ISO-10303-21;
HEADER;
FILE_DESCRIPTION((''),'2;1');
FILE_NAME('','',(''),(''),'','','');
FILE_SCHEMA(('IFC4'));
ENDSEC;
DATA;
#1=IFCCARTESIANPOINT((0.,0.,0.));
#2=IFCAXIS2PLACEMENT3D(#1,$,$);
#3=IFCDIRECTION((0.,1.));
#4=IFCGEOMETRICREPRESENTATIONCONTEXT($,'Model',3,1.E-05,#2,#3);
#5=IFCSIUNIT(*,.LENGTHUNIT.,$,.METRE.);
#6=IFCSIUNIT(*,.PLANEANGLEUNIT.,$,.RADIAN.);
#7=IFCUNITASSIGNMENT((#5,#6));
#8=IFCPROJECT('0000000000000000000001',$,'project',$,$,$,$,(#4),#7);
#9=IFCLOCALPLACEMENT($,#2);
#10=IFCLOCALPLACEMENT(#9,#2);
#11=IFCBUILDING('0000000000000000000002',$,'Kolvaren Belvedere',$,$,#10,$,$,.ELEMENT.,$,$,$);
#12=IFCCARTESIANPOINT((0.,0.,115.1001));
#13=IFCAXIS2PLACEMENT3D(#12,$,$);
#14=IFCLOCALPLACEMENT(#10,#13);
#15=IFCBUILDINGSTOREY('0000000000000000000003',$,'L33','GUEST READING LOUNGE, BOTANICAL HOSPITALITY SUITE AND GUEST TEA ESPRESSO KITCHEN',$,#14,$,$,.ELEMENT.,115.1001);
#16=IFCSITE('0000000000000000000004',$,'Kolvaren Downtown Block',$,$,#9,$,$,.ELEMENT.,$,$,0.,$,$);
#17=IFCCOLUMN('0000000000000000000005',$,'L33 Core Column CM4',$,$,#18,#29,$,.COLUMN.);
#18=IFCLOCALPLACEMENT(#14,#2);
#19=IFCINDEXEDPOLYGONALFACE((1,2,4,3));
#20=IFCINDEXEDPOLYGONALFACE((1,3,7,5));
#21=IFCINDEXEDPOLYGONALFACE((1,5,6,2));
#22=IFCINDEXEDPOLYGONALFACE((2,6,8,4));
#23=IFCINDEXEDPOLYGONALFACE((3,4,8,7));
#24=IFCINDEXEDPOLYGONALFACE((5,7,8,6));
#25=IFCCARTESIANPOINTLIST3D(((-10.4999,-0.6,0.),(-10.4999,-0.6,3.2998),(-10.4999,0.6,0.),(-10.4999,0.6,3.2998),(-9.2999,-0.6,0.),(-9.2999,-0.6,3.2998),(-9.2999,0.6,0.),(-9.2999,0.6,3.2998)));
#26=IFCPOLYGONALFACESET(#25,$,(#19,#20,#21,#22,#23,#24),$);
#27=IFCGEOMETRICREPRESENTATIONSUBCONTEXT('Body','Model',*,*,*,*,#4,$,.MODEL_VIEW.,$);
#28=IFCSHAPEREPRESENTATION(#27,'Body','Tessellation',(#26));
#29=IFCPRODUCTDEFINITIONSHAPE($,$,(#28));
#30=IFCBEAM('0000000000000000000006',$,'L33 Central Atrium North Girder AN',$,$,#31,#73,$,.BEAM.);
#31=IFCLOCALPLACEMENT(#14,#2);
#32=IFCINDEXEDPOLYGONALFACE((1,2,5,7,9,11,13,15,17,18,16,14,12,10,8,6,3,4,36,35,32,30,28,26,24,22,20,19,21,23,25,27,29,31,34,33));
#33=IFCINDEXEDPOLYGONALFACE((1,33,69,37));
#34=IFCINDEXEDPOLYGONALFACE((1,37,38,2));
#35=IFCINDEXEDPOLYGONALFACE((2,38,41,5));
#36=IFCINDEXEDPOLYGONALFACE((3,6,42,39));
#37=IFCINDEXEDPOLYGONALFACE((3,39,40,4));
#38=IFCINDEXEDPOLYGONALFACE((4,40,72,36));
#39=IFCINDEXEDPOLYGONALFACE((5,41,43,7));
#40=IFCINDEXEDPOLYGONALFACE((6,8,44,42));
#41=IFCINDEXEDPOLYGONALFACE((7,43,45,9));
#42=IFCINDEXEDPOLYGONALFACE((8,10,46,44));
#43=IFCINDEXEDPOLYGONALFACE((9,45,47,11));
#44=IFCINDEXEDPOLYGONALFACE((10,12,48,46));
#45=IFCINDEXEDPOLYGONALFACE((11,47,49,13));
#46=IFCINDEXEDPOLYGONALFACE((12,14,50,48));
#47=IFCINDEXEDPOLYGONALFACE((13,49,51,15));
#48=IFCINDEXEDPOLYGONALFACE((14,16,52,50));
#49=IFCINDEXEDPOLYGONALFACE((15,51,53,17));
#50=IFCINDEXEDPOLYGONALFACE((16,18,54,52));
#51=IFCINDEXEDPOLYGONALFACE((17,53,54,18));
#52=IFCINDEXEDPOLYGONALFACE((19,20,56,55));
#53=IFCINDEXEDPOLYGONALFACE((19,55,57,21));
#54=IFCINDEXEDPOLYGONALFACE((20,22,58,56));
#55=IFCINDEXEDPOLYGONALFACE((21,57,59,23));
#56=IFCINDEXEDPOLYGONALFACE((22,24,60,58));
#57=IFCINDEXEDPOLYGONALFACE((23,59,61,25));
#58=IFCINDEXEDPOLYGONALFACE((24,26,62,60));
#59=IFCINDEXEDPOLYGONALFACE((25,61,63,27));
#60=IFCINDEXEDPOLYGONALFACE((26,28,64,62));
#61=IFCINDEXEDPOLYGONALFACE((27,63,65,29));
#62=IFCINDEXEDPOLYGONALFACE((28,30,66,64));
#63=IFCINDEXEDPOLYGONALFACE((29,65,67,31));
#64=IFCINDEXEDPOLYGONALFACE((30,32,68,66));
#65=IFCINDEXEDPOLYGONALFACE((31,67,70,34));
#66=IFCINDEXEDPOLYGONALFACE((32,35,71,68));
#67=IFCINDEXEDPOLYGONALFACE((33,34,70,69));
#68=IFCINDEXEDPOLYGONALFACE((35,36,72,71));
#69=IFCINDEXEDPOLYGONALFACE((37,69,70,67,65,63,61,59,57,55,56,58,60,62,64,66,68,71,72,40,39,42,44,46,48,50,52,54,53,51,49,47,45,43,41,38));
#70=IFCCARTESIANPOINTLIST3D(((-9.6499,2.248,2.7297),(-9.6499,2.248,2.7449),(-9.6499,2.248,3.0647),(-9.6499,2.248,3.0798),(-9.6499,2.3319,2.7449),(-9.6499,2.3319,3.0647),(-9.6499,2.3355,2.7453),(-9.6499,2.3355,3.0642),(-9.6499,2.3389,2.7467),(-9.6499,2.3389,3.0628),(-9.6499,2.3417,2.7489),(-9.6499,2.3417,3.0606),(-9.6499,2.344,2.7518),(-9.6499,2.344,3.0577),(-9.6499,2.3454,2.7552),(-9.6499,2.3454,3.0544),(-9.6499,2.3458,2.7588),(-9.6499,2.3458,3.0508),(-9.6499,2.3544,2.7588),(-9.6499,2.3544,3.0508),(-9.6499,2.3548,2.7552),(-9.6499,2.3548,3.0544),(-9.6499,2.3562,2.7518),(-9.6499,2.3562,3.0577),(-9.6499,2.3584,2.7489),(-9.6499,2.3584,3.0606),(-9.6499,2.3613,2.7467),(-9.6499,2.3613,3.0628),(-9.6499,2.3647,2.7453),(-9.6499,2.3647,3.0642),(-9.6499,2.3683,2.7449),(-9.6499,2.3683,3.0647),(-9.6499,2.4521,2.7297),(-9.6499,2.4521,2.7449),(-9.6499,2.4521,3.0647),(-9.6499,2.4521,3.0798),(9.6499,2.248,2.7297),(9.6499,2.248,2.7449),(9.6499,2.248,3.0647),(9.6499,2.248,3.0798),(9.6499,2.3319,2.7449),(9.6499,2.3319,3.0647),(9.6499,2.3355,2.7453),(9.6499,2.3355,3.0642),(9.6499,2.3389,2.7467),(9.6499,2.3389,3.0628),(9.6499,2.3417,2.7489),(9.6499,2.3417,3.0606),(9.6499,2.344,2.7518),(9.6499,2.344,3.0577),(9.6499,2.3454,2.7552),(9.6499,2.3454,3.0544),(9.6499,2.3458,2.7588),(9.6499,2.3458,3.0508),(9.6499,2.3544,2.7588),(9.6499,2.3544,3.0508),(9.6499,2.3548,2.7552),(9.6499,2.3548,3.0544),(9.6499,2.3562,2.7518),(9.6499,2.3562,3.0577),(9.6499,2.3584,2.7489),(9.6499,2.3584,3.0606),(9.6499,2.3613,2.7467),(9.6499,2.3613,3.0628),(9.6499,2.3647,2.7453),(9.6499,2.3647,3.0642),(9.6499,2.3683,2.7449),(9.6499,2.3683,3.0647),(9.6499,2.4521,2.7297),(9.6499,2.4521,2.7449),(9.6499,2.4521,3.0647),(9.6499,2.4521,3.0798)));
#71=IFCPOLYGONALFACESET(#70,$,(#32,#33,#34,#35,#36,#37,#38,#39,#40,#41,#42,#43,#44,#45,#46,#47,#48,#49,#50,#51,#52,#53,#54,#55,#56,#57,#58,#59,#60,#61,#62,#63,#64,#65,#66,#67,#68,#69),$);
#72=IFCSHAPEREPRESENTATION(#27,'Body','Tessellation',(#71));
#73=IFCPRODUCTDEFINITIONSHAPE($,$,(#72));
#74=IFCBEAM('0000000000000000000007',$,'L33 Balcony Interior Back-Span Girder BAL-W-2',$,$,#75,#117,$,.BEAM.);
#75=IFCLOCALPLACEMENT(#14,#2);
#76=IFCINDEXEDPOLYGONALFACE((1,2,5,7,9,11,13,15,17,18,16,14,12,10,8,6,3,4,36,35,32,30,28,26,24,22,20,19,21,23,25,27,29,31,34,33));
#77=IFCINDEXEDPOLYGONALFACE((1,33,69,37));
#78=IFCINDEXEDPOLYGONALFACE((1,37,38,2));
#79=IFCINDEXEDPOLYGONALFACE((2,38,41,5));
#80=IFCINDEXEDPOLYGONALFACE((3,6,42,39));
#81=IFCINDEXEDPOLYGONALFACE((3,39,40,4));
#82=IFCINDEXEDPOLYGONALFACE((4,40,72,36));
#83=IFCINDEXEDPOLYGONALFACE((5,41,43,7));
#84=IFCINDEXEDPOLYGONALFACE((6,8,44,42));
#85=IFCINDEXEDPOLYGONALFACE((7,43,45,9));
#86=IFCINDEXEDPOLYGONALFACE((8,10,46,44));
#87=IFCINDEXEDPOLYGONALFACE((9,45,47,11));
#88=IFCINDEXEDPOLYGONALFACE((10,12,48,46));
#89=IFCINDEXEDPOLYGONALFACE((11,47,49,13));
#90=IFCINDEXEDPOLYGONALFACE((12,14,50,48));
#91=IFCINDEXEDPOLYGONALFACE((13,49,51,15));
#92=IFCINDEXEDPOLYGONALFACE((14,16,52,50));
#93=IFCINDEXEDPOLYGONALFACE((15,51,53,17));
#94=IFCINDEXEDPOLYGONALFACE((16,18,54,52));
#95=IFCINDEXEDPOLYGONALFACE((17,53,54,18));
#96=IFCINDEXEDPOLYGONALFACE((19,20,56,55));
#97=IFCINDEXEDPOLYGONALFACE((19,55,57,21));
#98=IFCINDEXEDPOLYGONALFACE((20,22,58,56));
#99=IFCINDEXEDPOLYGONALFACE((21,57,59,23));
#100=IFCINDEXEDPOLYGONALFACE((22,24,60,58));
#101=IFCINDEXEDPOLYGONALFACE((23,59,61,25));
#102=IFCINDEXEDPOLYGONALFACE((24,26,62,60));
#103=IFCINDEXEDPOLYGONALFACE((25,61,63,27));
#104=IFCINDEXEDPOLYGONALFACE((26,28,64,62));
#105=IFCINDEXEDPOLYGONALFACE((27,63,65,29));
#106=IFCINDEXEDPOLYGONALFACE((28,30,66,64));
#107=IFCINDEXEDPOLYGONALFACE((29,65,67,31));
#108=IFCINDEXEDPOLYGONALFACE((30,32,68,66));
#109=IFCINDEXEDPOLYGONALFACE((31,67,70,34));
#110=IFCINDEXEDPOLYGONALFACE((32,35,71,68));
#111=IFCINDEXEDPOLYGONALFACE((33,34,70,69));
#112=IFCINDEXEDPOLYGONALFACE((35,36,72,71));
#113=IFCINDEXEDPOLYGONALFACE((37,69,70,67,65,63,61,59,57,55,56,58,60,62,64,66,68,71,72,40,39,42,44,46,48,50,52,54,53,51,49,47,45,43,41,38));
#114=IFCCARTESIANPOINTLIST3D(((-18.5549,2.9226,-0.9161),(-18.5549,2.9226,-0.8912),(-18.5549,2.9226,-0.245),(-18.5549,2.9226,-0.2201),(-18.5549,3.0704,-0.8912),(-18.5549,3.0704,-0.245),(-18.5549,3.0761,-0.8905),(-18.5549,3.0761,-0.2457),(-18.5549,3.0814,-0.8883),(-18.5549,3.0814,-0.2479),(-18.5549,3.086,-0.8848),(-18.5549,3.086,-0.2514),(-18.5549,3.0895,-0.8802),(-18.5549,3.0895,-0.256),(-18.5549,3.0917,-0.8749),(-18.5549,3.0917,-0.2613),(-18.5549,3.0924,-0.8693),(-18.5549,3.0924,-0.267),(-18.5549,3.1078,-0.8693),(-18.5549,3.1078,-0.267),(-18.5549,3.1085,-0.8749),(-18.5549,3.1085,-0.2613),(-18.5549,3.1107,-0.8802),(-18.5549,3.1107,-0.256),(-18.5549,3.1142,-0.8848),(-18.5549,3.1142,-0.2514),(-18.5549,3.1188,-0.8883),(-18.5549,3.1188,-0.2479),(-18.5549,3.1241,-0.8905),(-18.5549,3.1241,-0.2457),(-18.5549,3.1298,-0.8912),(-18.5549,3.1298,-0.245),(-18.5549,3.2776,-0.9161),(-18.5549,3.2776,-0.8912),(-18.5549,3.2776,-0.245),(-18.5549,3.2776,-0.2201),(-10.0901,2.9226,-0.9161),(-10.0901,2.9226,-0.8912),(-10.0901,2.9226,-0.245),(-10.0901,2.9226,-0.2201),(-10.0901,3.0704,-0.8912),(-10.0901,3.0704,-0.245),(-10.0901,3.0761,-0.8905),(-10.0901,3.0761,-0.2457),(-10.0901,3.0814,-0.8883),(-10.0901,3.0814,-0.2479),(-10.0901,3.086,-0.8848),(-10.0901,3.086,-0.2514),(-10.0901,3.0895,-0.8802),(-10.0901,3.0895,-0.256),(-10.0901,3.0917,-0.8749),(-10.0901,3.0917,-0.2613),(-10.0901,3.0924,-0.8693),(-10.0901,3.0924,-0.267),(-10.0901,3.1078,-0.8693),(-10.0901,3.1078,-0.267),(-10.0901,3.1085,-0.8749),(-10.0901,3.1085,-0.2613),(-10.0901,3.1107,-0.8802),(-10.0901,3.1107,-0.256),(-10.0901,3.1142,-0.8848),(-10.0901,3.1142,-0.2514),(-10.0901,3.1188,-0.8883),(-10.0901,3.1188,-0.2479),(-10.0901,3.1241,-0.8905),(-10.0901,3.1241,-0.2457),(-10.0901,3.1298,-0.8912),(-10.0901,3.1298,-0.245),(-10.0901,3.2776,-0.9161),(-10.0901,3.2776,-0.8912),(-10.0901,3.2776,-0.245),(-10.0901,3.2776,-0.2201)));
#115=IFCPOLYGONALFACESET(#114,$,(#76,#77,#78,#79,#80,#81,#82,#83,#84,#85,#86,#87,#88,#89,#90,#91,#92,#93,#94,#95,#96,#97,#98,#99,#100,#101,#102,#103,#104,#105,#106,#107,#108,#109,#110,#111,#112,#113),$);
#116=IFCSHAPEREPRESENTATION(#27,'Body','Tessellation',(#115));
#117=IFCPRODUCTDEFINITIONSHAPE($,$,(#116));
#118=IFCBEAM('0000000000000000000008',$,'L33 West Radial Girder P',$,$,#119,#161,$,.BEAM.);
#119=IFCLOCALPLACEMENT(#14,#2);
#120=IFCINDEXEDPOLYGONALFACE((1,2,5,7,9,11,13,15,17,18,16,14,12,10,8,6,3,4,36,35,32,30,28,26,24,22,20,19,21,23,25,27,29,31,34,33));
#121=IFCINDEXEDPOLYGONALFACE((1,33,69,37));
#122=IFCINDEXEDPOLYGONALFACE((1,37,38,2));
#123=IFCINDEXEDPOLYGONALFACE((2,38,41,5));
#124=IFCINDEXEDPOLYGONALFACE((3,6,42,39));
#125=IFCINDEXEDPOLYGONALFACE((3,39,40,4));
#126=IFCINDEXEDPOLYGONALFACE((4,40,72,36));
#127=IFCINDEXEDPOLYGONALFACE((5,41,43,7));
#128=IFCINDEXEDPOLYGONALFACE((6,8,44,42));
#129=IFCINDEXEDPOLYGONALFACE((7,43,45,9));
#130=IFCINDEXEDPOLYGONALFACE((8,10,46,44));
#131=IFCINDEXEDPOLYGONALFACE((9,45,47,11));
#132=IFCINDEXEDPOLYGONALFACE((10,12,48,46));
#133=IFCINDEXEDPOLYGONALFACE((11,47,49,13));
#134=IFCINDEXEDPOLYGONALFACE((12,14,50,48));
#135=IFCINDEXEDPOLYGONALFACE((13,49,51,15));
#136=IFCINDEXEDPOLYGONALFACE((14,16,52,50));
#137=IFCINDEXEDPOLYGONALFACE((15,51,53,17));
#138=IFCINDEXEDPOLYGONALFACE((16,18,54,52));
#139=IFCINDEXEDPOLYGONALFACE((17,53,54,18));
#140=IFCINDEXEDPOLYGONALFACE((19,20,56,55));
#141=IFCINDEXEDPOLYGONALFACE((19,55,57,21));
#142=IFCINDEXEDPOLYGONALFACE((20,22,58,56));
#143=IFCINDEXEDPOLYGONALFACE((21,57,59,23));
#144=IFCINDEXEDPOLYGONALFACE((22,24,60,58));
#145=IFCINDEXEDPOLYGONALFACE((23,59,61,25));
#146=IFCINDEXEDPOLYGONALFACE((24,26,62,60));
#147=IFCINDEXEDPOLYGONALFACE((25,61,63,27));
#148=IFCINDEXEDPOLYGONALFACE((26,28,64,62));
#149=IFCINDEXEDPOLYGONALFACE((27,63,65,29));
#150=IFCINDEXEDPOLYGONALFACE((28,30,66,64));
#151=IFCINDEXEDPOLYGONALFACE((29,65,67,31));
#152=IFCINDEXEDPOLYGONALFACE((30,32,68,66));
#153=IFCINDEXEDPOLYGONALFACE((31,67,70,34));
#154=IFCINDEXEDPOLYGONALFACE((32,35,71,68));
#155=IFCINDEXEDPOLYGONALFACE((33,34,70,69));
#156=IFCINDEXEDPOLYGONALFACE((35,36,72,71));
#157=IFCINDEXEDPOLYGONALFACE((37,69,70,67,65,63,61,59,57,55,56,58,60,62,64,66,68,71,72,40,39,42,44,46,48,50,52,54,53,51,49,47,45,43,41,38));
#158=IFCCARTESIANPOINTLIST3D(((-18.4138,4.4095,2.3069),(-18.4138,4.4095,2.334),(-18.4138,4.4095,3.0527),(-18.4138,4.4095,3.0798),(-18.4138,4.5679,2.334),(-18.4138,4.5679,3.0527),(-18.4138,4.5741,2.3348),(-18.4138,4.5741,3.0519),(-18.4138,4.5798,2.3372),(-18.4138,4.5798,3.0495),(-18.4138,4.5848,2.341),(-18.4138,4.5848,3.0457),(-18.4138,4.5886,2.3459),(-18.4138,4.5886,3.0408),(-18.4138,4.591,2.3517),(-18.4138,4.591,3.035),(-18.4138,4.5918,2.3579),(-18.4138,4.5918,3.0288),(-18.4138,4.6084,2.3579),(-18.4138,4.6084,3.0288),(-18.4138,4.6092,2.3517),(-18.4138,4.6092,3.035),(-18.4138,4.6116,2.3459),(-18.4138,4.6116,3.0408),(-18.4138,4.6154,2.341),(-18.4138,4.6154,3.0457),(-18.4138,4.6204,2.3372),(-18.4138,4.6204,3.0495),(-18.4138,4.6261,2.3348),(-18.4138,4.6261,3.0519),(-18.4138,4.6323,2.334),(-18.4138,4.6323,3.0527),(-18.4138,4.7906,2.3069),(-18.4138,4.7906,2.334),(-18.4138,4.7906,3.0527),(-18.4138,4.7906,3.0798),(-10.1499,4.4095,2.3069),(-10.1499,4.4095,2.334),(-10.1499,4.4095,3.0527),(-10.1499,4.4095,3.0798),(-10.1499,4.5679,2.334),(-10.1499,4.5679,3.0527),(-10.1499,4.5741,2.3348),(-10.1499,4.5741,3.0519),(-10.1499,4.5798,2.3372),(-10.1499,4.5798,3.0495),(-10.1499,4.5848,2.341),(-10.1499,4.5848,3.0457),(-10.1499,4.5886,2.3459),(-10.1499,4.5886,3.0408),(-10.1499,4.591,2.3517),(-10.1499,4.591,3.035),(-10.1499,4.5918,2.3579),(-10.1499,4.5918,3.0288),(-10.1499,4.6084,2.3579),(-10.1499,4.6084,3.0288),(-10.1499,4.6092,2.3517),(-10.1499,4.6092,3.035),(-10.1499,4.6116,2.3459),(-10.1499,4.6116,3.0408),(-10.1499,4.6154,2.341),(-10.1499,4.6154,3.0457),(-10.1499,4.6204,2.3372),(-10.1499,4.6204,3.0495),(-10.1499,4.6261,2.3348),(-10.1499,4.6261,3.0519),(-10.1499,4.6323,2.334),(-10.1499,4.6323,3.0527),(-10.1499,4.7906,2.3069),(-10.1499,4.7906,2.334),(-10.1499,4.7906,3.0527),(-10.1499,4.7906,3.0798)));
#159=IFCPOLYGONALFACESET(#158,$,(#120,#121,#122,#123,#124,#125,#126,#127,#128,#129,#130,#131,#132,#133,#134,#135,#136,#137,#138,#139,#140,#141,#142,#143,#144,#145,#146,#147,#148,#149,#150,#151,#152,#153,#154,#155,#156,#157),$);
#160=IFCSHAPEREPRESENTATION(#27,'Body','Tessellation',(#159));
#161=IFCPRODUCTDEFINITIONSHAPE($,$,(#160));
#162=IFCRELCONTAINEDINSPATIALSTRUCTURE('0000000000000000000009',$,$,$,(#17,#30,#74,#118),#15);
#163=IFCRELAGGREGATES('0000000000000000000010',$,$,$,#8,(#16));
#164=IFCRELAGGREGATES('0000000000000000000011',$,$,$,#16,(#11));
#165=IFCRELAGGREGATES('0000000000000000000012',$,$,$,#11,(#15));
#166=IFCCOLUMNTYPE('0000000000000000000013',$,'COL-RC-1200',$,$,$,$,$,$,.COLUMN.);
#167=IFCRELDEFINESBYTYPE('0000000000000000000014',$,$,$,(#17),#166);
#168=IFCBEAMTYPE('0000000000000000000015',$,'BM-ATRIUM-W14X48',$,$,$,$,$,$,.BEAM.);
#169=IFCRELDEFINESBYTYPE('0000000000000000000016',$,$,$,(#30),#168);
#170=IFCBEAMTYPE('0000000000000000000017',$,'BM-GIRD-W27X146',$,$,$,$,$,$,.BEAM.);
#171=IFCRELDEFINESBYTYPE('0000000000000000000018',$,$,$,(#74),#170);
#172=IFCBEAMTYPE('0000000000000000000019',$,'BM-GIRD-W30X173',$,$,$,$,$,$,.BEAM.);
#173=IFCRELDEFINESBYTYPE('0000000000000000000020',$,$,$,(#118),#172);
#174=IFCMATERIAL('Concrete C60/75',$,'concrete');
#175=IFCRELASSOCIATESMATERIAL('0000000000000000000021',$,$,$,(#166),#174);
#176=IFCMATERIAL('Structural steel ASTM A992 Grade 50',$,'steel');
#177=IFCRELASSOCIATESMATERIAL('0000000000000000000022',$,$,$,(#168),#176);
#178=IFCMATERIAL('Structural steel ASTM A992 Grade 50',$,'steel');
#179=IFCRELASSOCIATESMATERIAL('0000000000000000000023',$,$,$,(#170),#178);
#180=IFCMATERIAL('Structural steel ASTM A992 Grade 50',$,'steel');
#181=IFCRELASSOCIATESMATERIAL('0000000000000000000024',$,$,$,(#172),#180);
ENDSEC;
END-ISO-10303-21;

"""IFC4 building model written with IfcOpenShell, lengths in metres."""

from ifc_helpers import new_model, si_unit, direction, frame, origin, origin_2d, place, context, subcontext, project, spatial, rectangle, i_section, extrude, material, material_profile, profile_set, type_object, element, save


model = new_model("IFC4")

# Units and contexts
model_context = context("Model", 3, precision=1e-05, world=origin(), true_north=direction((0.0, 1.0)))
body_context = subcontext(model_context, "Body", "Model", "MODEL_VIEW")
ifc_project = project(units=[si_unit("LENGTHUNIT", "METRE"), si_unit("PLANEANGLEUNIT", "RADIAN")], contexts=[model_context])

# Site, building, storey
site_placement = place(None, origin())
site = spatial("IfcSite", under=ifc_project, at=site_placement, Name="Kolvaren Downtown Block", CompositionType="ELEMENT", RefElevation=0.0)
building_placement = place(site_placement, origin())
building = spatial("IfcBuilding", under=site, at=building_placement, Name="Kolvaren Belvedere", CompositionType="ELEMENT")
storey_placement = place(building_placement, frame((0.0, 0.0, 115.1001)))
storey = spatial("IfcBuildingStorey", under=building, at=storey_placement, Name="L33", Description="GUEST READING LOUNGE, BOTANICAL HOSPITALITY SUITE AND GUEST TEA ESPRESSO KITCHEN", CompositionType="ELEMENT", Elevation=115.1001)

# Column
ifc_material_1 = material(Name="Concrete C60/75", Category="concrete")
ifc_material_profile_1 = material_profile(ifc_material_1, rectangle(XDim=1.2, YDim=1.2, at=origin_2d()), Name="RC 1200X1200")
ifc_profile_set_1 = profile_set([ifc_material_profile_1], Name="Concrete C60/75")
column_type = type_object("IfcColumnType", Name="COL-RC-1200", PredefinedType="COLUMN", material=ifc_profile_set_1)
column_placement = place(storey_placement, frame((-9.8999, 0.0, 0.0), z_axis=(0.0, 0.0, 1.0), x_axis=(1.0, 0.0, 0.0)))
element("IfcColumn", 1, at=column_placement, inside=storey, type_object=column_type, Name="L33 Core Column CM4", PredefinedType="COLUMN", context=body_context, shape_type="SweptSolid", body=[
    extrude(rectangle(XDim=1.2, YDim=1.2, at=origin_2d()), origin(), (0.0, 0.0, 1.0), 3.2998),
])

# Beams
ifc_material_2 = material(Name="Structural steel ASTM A992 Grade 50", Category="steel")
ifc_material_profile_2 = material_profile(ifc_material_2, i_section(OverallWidth=0.2041, OverallDepth=0.3501, WebThickness=0.0085, FlangeThickness=0.0151, FilletRadius=0.0139, at=origin_2d()), Name="W14X48")
ifc_profile_set_2 = profile_set([ifc_material_profile_2], Name="Structural steel ASTM A992 Grade 50")
beam_type_1 = type_object("IfcBeamType", Name="BM-ATRIUM-W14X48", PredefinedType="BEAM", material=ifc_profile_set_2)
beam_1_placement = place(storey_placement, frame((-9.6499, 2.3501, 2.9048), z_axis=(1.0, 0.0, 0.0), x_axis=(0.0, 1.0, 0.0)))
element("IfcBeam", 2, at=beam_1_placement, inside=storey, type_object=beam_type_1, Name="L33 Central Atrium North Girder AN", PredefinedType="BEAM", context=body_context, shape_type="SweptSolid", body=[
    extrude(i_section(OverallWidth=0.2041, OverallDepth=0.3501, WebThickness=0.0085, FlangeThickness=0.0151, FilletRadius=0.0139, at=origin_2d()), origin(), (0.0, 0.0, 1.0), 19.2998),
])
ifc_material_3 = material(Name="Structural steel ASTM A992 Grade 50", Category="steel")
ifc_material_profile_3 = material_profile(ifc_material_3, i_section(OverallWidth=0.355, OverallDepth=0.696, WebThickness=0.0154, FlangeThickness=0.0249, FilletRadius=0.022, at=origin_2d()), Name="W27X146")
ifc_profile_set_3 = profile_set([ifc_material_profile_3], Name="Structural steel ASTM A992 Grade 50")
beam_type_2 = type_object("IfcBeamType", Name="BM-GIRD-W27X146", PredefinedType="BEAM", material=ifc_profile_set_3)
beam_2_placement = place(storey_placement, frame((-10.0901, 3.1001, -0.5681), z_axis=(-1.0, 0.0, 0.0), x_axis=(0.0, -1.0, 0.0)))
element("IfcBeam", 3, at=beam_2_placement, inside=storey, type_object=beam_type_2, Name="L33 Balcony Interior Back-Span Girder BAL-W-2", PredefinedType="BEAM", context=body_context, shape_type="SweptSolid", body=[
    extrude(i_section(OverallWidth=0.355, OverallDepth=0.696, WebThickness=0.0154, FlangeThickness=0.0249, FilletRadius=0.022, at=origin_2d()), origin(), (0.0, 0.0, 1.0), 8.4648),
])
ifc_material_4 = material(Name="Structural steel ASTM A992 Grade 50", Category="steel")
ifc_material_profile_4 = material_profile(ifc_material_4, i_section(OverallWidth=0.3811, OverallDepth=0.7729, WebThickness=0.0166, FlangeThickness=0.0271, FilletRadius=0.0239, at=origin_2d()), Name="W30X173")
ifc_profile_set_4 = profile_set([ifc_material_profile_4], Name="Structural steel ASTM A992 Grade 50")
beam_type_3 = type_object("IfcBeamType", Name="BM-GIRD-W30X173", PredefinedType="BEAM", material=ifc_profile_set_4)
beam_3_placement = place(storey_placement, frame((-10.1499, 4.6001, 2.6934), z_axis=(-1.0, 0.0, 0.0), x_axis=(0.0, -1.0, 0.0)))
element("IfcBeam", 4, at=beam_3_placement, inside=storey, type_object=beam_type_3, Name="L33 West Radial Girder P", PredefinedType="BEAM", context=body_context, shape_type="SweptSolid", body=[
    extrude(i_section(OverallWidth=0.3811, OverallDepth=0.7729, WebThickness=0.0166, FlangeThickness=0.0271, FilletRadius=0.0239, at=origin_2d()), origin(), (0.0, 0.0, 1.0), 8.2639),
])

save(model, "model.ifc")
